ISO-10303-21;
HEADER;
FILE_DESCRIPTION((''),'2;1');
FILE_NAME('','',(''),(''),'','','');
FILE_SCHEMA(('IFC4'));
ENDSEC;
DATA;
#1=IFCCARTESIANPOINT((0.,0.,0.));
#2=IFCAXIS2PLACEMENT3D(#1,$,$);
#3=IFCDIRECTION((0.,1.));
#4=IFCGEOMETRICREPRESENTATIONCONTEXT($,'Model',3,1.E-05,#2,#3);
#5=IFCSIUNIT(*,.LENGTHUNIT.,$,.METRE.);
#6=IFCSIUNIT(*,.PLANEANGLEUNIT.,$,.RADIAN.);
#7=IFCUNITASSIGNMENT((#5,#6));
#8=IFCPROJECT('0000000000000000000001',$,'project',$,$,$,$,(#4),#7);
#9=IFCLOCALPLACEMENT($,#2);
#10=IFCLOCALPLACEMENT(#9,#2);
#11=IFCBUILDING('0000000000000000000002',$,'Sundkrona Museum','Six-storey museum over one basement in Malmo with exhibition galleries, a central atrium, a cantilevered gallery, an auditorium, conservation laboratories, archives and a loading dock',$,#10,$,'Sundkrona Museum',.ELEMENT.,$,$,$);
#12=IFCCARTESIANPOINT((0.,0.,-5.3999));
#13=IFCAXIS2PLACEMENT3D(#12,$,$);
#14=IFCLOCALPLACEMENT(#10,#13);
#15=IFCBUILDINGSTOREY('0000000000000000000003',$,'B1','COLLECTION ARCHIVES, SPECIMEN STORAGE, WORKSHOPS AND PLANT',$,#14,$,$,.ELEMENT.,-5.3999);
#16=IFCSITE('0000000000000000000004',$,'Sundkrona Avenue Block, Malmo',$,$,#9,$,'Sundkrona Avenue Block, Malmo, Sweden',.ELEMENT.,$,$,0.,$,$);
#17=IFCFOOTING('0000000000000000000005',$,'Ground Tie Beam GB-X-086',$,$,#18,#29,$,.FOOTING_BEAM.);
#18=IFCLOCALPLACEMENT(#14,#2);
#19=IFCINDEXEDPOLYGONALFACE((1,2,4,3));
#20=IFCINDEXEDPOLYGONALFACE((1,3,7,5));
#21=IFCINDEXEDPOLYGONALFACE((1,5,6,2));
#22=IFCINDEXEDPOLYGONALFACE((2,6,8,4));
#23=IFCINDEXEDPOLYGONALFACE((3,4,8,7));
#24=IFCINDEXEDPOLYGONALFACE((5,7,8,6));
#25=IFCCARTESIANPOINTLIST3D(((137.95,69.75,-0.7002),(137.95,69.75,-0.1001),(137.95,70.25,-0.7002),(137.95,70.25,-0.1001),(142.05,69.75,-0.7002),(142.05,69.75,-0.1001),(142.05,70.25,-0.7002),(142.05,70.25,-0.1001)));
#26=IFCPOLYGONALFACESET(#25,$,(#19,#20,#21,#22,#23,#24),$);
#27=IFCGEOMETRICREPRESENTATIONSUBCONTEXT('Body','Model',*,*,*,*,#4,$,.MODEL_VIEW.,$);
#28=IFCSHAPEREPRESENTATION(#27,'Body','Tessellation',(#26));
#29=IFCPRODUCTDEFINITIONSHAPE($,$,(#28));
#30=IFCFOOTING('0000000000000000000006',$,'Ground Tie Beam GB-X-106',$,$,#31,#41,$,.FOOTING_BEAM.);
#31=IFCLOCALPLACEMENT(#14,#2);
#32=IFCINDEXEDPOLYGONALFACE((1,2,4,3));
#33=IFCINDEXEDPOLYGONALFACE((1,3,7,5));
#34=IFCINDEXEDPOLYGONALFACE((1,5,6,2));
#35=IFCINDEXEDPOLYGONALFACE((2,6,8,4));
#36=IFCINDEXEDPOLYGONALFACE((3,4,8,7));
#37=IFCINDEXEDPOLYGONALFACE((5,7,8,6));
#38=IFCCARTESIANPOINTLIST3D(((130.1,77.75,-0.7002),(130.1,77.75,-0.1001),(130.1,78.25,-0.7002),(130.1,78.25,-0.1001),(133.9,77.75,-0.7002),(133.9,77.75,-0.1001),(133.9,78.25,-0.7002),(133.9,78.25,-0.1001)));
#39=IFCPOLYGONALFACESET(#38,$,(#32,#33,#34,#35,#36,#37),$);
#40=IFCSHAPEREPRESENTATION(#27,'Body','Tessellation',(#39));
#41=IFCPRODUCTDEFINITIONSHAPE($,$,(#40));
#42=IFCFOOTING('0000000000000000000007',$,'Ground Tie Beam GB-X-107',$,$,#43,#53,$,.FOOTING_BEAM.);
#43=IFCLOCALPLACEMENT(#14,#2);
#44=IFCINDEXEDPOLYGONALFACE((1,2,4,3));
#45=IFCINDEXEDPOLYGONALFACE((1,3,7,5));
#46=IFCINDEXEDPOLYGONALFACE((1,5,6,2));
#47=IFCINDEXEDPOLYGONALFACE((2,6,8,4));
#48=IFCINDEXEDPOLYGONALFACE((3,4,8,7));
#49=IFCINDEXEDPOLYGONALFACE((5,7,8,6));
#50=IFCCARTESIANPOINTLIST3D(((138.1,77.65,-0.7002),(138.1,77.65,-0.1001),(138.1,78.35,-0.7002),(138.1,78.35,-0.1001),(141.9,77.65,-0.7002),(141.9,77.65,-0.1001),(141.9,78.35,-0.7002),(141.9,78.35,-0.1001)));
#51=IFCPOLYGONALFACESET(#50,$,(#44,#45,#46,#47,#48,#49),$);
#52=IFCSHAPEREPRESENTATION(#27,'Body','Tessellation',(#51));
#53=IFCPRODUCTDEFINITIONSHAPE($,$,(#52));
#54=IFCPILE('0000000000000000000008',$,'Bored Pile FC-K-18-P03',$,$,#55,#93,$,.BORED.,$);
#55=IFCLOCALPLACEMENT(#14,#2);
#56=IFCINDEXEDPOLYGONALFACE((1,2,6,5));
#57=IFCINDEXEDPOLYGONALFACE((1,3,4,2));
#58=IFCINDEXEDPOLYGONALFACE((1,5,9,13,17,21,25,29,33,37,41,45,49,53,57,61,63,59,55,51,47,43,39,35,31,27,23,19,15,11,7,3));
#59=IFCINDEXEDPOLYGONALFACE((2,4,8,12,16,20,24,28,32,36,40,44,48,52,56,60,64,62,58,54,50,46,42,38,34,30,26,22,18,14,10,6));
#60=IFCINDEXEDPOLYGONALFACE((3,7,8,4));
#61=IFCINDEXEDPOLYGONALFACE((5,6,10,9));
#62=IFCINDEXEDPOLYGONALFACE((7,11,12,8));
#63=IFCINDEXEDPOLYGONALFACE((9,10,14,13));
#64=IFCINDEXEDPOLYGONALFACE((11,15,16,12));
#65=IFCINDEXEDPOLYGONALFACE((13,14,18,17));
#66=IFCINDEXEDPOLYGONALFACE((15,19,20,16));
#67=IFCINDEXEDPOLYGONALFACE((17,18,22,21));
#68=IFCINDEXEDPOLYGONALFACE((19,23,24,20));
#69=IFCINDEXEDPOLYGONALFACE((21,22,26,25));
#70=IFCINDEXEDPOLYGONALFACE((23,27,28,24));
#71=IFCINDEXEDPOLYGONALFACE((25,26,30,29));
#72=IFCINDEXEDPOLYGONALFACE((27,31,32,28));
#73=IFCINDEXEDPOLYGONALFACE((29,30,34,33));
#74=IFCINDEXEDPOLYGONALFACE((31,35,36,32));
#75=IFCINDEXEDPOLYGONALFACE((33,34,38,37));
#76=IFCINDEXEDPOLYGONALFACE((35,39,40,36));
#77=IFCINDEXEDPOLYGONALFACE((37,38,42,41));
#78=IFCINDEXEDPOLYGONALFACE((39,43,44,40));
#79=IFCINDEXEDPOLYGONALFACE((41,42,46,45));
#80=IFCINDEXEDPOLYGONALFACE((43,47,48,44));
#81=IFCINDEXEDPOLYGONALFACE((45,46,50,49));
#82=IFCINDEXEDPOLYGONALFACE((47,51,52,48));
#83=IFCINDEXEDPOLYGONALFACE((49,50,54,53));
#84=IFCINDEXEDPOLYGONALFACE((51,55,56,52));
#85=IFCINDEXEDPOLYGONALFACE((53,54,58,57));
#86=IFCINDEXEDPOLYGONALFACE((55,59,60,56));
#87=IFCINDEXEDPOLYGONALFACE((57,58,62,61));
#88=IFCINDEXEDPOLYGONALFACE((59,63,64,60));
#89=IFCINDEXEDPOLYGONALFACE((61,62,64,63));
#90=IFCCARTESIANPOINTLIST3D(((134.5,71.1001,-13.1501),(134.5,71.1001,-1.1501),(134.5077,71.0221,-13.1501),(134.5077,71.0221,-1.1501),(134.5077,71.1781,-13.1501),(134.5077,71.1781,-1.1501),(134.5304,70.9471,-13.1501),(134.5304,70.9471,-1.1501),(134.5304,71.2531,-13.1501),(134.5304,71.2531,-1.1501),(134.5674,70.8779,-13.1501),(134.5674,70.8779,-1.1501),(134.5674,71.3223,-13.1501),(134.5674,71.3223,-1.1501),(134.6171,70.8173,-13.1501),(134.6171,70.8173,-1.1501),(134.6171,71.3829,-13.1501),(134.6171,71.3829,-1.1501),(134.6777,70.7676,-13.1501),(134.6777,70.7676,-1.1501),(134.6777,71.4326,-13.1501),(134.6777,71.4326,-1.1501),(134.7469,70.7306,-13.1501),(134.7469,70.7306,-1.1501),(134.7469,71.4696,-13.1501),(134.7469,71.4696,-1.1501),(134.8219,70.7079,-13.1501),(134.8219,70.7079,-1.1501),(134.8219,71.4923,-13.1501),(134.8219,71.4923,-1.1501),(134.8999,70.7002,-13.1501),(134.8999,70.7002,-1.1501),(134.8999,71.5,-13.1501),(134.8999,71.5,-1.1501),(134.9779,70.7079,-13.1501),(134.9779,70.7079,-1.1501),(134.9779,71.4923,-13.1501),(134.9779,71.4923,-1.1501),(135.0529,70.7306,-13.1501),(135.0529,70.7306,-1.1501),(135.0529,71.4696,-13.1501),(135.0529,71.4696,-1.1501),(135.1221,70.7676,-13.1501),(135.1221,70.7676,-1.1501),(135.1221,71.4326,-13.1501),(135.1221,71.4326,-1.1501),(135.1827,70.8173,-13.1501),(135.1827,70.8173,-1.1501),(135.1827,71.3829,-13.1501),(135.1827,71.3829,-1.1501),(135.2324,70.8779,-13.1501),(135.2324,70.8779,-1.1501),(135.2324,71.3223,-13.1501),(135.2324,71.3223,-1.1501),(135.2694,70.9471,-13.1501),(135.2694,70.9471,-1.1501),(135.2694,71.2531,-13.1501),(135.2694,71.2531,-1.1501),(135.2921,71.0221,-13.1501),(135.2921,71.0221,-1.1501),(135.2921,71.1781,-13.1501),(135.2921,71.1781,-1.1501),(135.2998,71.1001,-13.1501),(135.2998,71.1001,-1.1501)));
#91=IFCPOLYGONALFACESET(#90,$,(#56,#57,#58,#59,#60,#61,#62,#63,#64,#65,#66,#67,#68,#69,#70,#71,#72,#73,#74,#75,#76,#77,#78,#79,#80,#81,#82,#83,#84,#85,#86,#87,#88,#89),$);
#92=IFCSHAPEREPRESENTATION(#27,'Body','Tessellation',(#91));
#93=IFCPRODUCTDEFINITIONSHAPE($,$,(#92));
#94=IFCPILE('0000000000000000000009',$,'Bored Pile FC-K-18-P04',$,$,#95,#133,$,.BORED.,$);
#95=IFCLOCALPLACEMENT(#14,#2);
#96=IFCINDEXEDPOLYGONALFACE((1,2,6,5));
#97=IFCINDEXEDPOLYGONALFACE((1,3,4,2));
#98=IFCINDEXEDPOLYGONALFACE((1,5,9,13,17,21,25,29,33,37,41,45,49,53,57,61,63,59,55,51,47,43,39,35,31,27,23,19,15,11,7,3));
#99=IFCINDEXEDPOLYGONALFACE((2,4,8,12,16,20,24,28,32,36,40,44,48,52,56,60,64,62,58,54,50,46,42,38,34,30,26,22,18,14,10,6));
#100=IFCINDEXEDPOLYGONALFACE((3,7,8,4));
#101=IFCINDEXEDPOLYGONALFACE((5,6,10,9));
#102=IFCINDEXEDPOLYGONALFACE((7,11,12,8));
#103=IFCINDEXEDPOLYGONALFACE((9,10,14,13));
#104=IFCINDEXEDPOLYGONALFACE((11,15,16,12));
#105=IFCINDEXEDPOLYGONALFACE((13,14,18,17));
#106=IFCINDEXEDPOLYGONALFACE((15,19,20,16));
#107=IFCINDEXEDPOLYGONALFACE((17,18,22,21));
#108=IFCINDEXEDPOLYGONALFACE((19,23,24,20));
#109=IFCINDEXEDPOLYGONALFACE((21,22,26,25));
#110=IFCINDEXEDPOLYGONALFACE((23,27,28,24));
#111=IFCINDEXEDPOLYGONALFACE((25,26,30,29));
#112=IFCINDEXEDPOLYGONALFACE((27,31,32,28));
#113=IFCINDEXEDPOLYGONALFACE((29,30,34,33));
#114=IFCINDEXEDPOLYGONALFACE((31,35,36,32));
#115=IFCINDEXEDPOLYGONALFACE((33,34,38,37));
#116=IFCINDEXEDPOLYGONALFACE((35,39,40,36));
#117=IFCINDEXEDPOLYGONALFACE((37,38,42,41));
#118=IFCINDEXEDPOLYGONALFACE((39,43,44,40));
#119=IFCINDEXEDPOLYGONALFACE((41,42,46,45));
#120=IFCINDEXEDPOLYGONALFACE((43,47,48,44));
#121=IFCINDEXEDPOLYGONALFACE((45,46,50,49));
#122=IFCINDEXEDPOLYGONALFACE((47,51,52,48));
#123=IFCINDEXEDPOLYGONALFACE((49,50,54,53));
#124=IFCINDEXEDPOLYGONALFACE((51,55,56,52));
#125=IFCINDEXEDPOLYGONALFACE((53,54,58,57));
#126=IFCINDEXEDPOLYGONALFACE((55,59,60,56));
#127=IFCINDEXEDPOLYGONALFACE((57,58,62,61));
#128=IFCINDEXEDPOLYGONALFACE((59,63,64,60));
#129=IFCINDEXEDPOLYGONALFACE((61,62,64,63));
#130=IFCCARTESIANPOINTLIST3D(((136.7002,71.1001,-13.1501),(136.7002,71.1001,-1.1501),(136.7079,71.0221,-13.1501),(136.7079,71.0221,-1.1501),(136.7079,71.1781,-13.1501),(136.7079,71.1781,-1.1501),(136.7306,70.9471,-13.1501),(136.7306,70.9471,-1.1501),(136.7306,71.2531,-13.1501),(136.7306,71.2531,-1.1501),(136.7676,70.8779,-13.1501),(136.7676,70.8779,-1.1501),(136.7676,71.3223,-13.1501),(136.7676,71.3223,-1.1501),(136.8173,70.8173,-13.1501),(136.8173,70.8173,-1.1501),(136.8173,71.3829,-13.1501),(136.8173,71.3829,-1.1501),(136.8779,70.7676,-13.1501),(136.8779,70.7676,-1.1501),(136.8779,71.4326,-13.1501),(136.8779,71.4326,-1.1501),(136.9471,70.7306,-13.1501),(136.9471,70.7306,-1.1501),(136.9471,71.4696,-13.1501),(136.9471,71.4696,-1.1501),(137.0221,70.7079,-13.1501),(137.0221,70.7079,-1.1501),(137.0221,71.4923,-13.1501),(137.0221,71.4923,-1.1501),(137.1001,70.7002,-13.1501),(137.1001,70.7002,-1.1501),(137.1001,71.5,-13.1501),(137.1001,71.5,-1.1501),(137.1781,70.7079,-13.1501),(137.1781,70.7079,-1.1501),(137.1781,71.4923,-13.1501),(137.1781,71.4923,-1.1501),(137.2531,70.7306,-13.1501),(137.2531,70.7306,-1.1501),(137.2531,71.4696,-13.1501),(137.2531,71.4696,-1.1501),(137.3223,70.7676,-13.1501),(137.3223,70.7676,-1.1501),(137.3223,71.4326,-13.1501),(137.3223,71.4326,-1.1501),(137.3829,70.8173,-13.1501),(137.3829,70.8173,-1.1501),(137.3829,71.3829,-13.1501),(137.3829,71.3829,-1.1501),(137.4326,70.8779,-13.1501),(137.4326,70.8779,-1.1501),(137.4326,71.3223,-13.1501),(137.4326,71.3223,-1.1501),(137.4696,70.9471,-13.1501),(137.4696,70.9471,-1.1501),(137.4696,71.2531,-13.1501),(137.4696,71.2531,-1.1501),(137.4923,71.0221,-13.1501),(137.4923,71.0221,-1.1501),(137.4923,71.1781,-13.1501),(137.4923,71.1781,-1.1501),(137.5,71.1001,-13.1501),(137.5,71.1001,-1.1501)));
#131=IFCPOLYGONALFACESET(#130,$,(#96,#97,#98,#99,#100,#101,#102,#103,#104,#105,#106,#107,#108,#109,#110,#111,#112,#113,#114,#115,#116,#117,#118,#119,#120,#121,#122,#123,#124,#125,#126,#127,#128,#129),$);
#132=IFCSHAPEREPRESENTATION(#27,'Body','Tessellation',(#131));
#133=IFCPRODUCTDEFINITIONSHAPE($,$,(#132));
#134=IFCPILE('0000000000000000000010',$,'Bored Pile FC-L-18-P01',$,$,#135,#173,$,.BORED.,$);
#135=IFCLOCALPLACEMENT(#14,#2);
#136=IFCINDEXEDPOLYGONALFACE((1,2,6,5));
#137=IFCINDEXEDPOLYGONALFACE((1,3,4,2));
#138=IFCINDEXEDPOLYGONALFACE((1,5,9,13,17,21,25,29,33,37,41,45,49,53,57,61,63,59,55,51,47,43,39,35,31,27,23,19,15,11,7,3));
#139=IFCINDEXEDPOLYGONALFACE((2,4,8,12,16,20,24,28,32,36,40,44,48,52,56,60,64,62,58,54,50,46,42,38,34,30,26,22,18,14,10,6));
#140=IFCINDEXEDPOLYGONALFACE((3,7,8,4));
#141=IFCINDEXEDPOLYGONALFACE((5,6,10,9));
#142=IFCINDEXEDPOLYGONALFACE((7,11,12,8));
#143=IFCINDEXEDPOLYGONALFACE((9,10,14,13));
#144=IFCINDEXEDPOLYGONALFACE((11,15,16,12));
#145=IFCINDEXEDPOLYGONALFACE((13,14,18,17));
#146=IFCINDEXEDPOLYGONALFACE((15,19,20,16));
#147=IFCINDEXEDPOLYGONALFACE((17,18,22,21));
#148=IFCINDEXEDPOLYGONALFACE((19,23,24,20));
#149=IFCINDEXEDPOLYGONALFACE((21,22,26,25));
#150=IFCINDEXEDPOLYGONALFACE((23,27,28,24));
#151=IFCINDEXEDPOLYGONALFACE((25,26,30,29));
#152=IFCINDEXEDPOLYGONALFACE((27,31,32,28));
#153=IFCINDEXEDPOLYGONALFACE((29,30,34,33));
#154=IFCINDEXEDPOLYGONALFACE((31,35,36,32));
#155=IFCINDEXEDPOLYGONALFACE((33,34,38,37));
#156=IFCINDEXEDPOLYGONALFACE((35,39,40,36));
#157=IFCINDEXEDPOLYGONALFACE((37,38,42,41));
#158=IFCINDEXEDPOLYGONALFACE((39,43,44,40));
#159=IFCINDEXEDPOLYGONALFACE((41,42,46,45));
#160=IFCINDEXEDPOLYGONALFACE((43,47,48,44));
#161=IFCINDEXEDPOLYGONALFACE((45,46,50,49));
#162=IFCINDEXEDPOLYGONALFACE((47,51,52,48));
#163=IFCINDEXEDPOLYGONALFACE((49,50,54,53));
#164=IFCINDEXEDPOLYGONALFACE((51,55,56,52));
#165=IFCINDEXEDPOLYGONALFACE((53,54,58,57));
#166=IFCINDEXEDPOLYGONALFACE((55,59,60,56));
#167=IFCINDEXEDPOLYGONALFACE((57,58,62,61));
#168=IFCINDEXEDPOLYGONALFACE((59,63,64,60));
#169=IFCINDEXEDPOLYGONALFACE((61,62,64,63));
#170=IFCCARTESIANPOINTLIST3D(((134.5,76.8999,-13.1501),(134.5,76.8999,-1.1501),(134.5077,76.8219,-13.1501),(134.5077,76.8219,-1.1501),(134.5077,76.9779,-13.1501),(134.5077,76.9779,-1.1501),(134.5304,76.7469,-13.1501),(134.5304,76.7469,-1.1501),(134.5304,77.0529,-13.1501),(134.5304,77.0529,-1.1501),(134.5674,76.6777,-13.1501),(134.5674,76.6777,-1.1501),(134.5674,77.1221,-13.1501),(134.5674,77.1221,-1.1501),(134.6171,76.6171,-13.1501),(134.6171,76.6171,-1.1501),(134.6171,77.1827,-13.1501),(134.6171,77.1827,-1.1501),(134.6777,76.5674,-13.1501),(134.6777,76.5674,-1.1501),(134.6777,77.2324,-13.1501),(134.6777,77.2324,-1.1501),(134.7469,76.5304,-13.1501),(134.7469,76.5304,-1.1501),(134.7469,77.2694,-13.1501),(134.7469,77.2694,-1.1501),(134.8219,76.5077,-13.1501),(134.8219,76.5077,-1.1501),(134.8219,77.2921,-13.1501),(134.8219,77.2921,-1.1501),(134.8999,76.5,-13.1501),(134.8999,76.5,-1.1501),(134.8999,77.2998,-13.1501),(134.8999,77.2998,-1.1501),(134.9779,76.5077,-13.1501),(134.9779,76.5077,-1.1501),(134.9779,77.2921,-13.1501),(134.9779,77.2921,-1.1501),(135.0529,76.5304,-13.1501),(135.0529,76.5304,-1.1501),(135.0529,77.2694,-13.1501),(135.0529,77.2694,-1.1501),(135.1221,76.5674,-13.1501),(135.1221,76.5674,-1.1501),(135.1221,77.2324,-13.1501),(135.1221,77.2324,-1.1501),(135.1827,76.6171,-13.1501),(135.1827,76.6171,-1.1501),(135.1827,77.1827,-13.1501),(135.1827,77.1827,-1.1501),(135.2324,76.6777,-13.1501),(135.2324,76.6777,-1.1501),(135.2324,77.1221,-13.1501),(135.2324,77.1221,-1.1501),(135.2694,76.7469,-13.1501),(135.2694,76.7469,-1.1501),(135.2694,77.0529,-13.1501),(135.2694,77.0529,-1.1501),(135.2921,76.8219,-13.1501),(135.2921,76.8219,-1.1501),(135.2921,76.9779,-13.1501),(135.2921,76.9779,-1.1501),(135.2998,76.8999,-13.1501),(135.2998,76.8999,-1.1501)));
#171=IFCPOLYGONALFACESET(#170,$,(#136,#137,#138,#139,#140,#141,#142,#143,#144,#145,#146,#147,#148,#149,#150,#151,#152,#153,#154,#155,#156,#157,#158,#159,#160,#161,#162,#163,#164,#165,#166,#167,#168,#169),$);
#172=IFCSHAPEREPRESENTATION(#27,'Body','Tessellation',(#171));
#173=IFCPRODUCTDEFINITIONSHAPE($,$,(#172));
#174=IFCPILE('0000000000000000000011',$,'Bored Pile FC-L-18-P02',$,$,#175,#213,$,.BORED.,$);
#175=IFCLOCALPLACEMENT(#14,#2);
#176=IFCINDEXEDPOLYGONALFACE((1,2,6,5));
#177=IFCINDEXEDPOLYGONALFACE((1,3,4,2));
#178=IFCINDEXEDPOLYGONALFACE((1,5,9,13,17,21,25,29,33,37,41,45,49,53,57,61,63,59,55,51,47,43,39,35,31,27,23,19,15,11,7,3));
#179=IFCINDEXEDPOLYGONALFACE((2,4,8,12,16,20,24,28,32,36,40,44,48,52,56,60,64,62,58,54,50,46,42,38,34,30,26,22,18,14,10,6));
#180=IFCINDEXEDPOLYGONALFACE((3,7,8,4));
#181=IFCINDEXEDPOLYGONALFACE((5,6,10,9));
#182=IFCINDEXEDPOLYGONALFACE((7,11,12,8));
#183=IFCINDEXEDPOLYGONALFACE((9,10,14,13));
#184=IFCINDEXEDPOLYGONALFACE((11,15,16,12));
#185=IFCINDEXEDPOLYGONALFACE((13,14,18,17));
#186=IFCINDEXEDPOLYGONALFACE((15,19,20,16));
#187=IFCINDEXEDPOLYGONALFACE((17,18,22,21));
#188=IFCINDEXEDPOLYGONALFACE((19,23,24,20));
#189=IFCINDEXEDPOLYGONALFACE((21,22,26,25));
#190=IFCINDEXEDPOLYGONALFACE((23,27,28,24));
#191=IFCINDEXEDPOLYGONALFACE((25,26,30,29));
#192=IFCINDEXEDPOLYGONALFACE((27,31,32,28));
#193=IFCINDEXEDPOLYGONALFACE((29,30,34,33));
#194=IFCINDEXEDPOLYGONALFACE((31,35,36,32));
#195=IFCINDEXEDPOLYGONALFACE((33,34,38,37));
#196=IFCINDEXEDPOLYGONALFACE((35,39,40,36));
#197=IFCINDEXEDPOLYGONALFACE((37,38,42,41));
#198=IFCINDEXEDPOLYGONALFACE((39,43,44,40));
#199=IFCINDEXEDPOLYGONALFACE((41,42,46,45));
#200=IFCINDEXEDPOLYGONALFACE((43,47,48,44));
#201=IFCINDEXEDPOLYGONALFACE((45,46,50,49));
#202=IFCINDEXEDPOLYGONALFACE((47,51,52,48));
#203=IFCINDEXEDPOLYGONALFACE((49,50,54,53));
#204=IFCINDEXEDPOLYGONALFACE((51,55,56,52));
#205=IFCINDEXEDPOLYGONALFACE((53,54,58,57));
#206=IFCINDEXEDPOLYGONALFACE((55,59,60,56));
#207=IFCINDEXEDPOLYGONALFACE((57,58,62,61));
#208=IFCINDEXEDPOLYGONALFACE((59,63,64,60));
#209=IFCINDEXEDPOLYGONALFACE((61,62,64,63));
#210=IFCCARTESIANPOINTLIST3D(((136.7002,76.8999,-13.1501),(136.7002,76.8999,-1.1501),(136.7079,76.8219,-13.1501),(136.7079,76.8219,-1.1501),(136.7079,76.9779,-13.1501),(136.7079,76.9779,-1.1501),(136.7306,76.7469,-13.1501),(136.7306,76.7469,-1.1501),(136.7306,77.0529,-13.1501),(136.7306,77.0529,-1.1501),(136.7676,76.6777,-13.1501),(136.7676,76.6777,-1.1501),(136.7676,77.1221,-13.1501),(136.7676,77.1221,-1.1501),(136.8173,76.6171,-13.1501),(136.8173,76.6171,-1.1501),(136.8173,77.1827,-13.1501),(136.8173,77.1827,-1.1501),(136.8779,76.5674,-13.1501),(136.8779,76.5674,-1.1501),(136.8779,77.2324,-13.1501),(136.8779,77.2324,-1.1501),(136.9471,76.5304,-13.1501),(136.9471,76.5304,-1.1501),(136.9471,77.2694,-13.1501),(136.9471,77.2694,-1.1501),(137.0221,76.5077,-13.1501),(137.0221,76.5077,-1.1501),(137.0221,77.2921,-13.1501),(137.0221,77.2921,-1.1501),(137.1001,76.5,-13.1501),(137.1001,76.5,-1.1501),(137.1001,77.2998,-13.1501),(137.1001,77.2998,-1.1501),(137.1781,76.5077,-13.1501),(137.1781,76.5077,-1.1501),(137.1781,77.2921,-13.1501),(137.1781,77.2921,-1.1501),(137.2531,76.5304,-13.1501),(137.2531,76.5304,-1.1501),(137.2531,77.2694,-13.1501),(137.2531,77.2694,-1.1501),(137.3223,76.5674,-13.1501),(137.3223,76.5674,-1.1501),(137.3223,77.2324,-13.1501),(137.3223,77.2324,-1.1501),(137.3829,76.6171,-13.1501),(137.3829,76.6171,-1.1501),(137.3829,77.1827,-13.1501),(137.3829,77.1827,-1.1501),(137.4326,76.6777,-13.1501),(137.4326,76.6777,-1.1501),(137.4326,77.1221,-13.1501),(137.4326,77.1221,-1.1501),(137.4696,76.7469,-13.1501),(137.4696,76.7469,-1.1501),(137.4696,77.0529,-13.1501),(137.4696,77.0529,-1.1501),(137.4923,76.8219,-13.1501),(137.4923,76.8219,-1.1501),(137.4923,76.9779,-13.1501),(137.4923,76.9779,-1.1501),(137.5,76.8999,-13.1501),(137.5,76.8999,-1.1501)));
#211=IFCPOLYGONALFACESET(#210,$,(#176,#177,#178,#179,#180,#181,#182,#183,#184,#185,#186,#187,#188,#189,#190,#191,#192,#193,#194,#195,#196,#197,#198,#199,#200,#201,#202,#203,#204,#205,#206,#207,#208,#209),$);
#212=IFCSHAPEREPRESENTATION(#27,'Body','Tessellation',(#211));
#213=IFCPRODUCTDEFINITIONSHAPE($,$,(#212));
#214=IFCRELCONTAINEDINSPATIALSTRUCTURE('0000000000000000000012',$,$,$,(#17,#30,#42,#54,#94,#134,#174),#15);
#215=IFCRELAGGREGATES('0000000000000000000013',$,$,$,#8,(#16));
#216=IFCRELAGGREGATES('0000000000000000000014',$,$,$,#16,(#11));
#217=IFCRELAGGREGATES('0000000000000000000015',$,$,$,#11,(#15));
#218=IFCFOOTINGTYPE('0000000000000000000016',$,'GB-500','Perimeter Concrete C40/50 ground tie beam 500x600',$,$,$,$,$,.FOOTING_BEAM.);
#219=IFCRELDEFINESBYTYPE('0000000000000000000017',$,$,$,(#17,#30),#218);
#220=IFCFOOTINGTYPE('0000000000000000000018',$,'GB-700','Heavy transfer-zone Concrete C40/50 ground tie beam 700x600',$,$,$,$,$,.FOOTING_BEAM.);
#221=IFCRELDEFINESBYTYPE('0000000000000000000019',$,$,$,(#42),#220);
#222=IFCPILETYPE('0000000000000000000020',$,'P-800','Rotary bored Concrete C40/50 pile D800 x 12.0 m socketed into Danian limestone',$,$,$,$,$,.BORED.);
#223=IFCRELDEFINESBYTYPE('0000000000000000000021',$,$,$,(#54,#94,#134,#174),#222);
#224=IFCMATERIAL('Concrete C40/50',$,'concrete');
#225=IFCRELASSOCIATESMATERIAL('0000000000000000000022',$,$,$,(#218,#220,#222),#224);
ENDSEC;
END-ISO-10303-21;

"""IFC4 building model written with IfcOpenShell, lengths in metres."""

from ifc_helpers import new_model, si_unit, direction, frame, origin, origin_2d, place, context, subcontext, project, spatial, rectangle, circle, extrude, material, material_profile, profile_set, type_object, element, save


model = new_model("IFC4")

# Units and contexts
model_context = context("Model", 3, precision=1e-05, world=origin(), true_north=direction((0.0, 1.0)))
body_context = subcontext(model_context, "Body", "Model", "MODEL_VIEW")
ifc_project = project(units=[si_unit("LENGTHUNIT", "METRE"), si_unit("PLANEANGLEUNIT", "RADIAN")], contexts=[model_context])

# Site, building, storey
site_placement = place(None, origin())
site = spatial("IfcSite", under=ifc_project, at=site_placement, Name="Sundkrona Avenue Block, Malmo", LongName="Sundkrona Avenue Block, Malmo, Sweden", CompositionType="ELEMENT", RefElevation=0.0)
building_placement = place(site_placement, origin())
building = spatial("IfcBuilding", under=site, at=building_placement, Name="Sundkrona Museum", Description="Six-storey museum over one basement in Malmo with exhibition galleries, a central atrium, a cantilevered gallery, an auditorium, conservation laboratories, archives and a loading dock", LongName="Sundkrona Museum", CompositionType="ELEMENT")
storey_placement = place(building_placement, frame((0.0, 0.0, -5.3999)))
storey = spatial("IfcBuildingStorey", under=building, at=storey_placement, Name="B1", Description="COLLECTION ARCHIVES, SPECIMEN STORAGE, WORKSHOPS AND PLANT", CompositionType="ELEMENT", Elevation=-5.3999)

# Footings
ifc_material_1 = material(Name="Concrete C40/50", Category="concrete")
footing_type_1 = type_object("IfcFootingType", Name="GB-500", Description="Perimeter Concrete C40/50 ground tie beam 500x600", PredefinedType="FOOTING_BEAM", material=ifc_material_1)
footing_1_placement = place(storey_placement, frame((140.0, 70.0, -0.7002), z_axis=(0.0, 0.0, 1.0), x_axis=(1.0, 0.0, 0.0)))
element("IfcFooting", 1, at=footing_1_placement, inside=storey, type_object=footing_type_1, Name="Ground Tie Beam GB-X-086", PredefinedType="FOOTING_BEAM", context=body_context, shape_type="SweptSolid", body=[
    extrude(rectangle(XDim=4.1001, YDim=0.5, at=origin_2d()), origin(), (0.0, 0.0, 1.0), 0.6001),
])
footing_2_placement = place(storey_placement, frame((132.0, 78.0, -0.7002), z_axis=(0.0, 0.0, 1.0), x_axis=(1.0, 0.0, 0.0)))
element("IfcFooting", 2, at=footing_2_placement, inside=storey, type_object=footing_type_1, Name="Ground Tie Beam GB-X-106", PredefinedType="FOOTING_BEAM", context=body_context, shape_type="SweptSolid", body=[
    extrude(rectangle(XDim=3.8, YDim=0.5, at=origin_2d()), origin(), (0.0, 0.0, 1.0), 0.6001),
])
footing_type_2 = type_object("IfcFootingType", Name="GB-700", Description="Heavy transfer-zone Concrete C40/50 ground tie beam 700x600", PredefinedType="FOOTING_BEAM", material=ifc_material_1)
footing_3_placement = place(storey_placement, frame((140.0, 78.0, -0.7002), z_axis=(0.0, 0.0, 1.0), x_axis=(1.0, 0.0, 0.0)))
element("IfcFooting", 3, at=footing_3_placement, inside=storey, type_object=footing_type_2, Name="Ground Tie Beam GB-X-107", PredefinedType="FOOTING_BEAM", context=body_context, shape_type="SweptSolid", body=[
    extrude(rectangle(XDim=3.8, YDim=0.7, at=origin_2d()), origin(), (0.0, 0.0, 1.0), 0.6001),
])

# Piles
ifc_material_profile_1 = material_profile(ifc_material_1, circle(Radius=0.3999, at=origin_2d()), Name="PILE D800")
ifc_profile_set_1 = profile_set([ifc_material_profile_1], Name="Concrete C40/50")
pile_type = type_object("IfcPileType", Name="P-800", Description="Rotary bored Concrete C40/50 pile D800 x 12.0 m socketed into Danian limestone", PredefinedType="BORED", material=ifc_profile_set_1)
for number, where, z_axis, x_axis, name in (
    (4, (134.8999, 71.1001, -1.1501), (0.0, 0.0, -1.0), (1.0, 0.0, 0.0), "Bored Pile FC-K-18-P03"),
    (5, (137.1001, 71.1001, -1.1501), (0.0, 0.0, -1.0), (1.0, 0.0, 0.0), "Bored Pile FC-K-18-P04"),
    (6, (134.8999, 76.8999, -1.1501), (0.0, 0.0, -1.0), (1.0, 0.0, 0.0), "Bored Pile FC-L-18-P01"),
    (7, (137.1001, 76.8999, -1.1501), (0.0, 0.0, -1.0), (1.0, 0.0, 0.0), "Bored Pile FC-L-18-P02"),
):
    element("IfcPile", number, at=place(storey_placement, frame(where, z_axis=z_axis, x_axis=x_axis)), inside=storey, type_object=pile_type, Name=name, PredefinedType="BORED", context=body_context, shape_type="SweptSolid", body=[
        extrude(circle(Radius=0.3999, at=origin_2d()), origin(), (0.0, 0.0, 1.0), 12.0),
    ])

save(model, "model.ifc")
